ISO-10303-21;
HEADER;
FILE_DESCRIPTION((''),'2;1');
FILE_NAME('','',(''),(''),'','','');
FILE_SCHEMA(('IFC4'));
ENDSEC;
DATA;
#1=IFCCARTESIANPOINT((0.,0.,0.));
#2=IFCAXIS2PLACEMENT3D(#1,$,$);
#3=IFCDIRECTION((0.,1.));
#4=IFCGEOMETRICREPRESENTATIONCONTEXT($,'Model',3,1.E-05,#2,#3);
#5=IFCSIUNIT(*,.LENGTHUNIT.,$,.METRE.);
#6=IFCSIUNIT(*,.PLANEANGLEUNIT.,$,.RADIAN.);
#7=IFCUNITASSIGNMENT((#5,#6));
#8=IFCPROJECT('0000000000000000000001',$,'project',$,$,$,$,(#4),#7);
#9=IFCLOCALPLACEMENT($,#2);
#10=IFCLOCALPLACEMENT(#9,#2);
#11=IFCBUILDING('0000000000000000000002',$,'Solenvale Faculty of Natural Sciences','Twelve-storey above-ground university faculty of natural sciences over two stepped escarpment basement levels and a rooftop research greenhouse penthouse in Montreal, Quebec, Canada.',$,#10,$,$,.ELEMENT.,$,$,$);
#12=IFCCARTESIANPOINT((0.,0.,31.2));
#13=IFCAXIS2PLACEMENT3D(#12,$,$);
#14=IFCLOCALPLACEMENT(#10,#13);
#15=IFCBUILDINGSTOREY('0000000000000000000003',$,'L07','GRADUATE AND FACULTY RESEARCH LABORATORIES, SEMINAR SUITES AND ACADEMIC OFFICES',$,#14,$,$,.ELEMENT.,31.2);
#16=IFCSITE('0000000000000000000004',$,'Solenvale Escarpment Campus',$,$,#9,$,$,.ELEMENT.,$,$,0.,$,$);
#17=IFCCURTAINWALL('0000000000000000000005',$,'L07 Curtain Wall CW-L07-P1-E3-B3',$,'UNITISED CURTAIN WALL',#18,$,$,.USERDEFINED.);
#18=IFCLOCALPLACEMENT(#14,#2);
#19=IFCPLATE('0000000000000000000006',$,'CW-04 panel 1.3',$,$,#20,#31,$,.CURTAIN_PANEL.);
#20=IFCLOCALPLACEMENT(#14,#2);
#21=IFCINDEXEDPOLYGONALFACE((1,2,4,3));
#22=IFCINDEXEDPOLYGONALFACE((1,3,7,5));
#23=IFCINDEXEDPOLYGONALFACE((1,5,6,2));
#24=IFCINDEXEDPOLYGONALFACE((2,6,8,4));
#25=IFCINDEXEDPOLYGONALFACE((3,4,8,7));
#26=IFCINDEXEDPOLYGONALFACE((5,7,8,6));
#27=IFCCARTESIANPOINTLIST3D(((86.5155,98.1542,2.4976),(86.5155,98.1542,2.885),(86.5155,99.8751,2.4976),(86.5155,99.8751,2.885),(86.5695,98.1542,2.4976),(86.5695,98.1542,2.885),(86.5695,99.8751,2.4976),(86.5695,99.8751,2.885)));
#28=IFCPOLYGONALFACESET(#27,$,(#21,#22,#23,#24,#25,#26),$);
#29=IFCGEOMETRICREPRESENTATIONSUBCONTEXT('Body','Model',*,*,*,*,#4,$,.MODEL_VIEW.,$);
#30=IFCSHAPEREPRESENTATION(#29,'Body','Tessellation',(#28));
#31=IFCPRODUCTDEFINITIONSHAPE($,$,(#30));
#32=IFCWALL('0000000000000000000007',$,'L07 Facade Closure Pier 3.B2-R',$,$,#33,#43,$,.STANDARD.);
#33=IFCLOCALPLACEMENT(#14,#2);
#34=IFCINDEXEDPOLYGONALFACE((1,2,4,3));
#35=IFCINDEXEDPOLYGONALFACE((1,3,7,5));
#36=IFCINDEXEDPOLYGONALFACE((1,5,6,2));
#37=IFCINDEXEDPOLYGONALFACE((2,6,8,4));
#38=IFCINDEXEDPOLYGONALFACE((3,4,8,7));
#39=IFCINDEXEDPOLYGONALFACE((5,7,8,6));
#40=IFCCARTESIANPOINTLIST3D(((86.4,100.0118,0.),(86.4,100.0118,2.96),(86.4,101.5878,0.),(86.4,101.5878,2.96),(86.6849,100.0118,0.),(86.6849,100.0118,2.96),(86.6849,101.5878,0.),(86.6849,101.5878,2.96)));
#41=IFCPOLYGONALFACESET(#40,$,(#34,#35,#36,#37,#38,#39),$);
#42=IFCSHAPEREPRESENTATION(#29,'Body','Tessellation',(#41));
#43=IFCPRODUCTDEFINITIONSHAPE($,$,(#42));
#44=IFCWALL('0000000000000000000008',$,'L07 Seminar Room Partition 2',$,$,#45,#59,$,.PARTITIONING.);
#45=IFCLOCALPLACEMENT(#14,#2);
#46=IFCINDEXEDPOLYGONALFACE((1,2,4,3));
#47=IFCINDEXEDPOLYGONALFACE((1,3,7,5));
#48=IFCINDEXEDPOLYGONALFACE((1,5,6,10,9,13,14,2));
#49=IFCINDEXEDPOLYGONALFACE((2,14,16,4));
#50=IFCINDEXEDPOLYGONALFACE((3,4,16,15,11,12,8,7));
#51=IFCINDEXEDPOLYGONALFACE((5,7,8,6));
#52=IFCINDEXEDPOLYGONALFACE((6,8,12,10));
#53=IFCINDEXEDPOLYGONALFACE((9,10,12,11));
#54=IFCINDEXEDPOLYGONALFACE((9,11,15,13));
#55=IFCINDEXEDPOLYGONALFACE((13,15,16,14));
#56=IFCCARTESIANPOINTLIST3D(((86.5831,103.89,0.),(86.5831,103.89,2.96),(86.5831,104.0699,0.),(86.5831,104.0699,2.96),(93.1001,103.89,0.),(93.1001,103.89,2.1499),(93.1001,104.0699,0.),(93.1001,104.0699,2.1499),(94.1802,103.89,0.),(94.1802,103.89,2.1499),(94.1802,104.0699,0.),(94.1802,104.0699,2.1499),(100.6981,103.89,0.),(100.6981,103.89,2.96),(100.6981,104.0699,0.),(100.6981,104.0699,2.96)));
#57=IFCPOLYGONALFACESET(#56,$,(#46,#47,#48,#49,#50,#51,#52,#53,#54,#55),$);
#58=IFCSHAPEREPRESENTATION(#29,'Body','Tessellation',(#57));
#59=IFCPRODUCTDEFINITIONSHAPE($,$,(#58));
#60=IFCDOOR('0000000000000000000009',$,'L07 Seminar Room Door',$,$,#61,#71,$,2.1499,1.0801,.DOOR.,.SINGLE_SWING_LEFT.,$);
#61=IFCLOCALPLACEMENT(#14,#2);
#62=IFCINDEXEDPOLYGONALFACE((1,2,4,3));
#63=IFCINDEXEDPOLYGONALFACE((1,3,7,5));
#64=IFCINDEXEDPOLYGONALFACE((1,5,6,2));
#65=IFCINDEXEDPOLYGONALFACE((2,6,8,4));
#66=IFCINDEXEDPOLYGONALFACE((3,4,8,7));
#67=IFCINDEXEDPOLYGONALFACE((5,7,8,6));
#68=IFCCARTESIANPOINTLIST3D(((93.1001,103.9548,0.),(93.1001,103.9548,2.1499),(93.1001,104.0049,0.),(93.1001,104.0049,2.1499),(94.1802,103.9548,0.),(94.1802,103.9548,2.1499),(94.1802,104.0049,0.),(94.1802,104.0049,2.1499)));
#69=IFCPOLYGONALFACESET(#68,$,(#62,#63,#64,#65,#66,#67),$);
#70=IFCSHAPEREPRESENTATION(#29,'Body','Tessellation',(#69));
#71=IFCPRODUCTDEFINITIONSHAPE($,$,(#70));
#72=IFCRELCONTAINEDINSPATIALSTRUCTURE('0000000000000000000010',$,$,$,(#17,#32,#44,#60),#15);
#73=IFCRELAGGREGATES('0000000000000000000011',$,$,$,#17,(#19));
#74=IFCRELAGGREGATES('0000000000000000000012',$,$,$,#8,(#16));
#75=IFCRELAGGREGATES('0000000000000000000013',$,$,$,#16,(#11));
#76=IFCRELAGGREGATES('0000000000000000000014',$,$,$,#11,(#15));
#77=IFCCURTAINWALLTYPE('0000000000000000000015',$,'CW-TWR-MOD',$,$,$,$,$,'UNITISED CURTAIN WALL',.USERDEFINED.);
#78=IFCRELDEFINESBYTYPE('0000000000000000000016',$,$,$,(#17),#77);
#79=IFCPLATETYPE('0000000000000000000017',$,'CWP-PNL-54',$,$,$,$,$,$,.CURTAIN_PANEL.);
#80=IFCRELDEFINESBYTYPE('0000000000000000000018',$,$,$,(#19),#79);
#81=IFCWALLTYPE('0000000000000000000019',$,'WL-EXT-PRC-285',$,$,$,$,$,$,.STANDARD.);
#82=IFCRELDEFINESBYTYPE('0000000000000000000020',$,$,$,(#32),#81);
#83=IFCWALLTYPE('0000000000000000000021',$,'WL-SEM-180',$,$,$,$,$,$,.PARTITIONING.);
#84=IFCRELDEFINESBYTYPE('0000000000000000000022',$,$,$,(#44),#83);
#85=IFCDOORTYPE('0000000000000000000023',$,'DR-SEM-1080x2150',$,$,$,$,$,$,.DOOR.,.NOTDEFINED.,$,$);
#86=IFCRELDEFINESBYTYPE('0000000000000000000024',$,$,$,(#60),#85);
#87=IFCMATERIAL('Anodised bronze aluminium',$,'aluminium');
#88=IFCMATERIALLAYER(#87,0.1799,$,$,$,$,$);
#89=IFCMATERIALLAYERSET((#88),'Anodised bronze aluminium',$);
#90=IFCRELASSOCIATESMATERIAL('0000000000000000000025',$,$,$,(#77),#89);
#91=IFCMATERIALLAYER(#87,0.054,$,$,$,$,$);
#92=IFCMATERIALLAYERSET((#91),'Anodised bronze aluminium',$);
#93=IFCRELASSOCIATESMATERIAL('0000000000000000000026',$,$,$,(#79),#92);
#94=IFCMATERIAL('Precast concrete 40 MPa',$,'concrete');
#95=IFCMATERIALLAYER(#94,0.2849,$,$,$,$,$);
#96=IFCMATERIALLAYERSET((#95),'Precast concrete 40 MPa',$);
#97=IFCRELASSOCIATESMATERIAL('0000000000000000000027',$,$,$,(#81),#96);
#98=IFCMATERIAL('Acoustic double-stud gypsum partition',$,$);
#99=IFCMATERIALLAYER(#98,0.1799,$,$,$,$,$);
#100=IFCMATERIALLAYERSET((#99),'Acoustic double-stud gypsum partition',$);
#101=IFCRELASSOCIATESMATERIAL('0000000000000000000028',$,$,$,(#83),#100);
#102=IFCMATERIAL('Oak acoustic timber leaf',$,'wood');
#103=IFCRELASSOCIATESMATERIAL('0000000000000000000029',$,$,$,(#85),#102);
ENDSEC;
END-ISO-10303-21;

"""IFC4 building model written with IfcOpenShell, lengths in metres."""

from ifc_helpers import new_model, si_unit, direction, frame, frame_2d, origin, origin_2d, place, context, subcontext, project, spatial, rectangle, extrude, material, layer, layer_set, type_object, element, fill, aggregate, save


model = new_model("IFC4")

# Units and contexts
model_context = context("Model", 3, precision=1e-05, world=origin(), true_north=direction((0.0, 1.0)))
body_context = subcontext(model_context, "Body", "Model", "MODEL_VIEW")
ifc_project = project(units=[si_unit("LENGTHUNIT", "METRE"), si_unit("PLANEANGLEUNIT", "RADIAN")], contexts=[model_context])

# Site, building, storey
site_placement = place(None, origin())
site = spatial("IfcSite", under=ifc_project, at=site_placement, Name="Solenvale Escarpment Campus", CompositionType="ELEMENT", RefElevation=0.0)
building_placement = place(site_placement, origin())
building = spatial("IfcBuilding", under=site, at=building_placement, Name="Solenvale Faculty of Natural Sciences", Description="Twelve-storey above-ground university faculty of natural sciences over two stepped escarpment basement levels and a rooftop research greenhouse penthouse in Montreal, Quebec, Canada.", CompositionType="ELEMENT")
storey_placement = place(building_placement, frame((0.0, 0.0, 31.2)))
storey = spatial("IfcBuildingStorey", under=building, at=storey_placement, Name="L07", Description="GRADUATE AND FACULTY RESEARCH LABORATORIES, SEMINAR SUITES AND ACADEMIC OFFICES", CompositionType="ELEMENT", Elevation=31.2)

# Shared definitions
ifc_material_1 = material(Name="Anodised bronze aluminium", Category="aluminium")
ifc_layer_1 = layer(ifc_material_1, 0.1799)
ifc_layer_set_1 = layer_set([ifc_layer_1], Name="Anodised bronze aluminium")
curtain_wall_type = type_object("IfcCurtainWallType", Name="CW-TWR-MOD", ElementType="UNITISED CURTAIN WALL", PredefinedType="USERDEFINED", material=ifc_layer_set_1)

# Curtain wall
curtain_wall_1_placement = place(storey_placement, origin())
curtain_wall_1 = element("IfcCurtainWall", 1, at=curtain_wall_1_placement, inside=storey, type_object=curtain_wall_type, Name="L07 Curtain Wall CW-L07-P1-E3-B3", ObjectType="UNITISED CURTAIN WALL", PredefinedType="USERDEFINED")

# Plate
ifc_layer_2 = layer(ifc_material_1, 0.054)
ifc_layer_set_2 = layer_set([ifc_layer_2], Name="Anodised bronze aluminium")
plate_type_1 = type_object("IfcPlateType", Name="CWP-PNL-54", PredefinedType="CURTAIN_PANEL", material=ifc_layer_set_2)
plate_1_placement = place(storey_placement, frame((86.5425, 99.0146, 2.4976), z_axis=(0.0, 0.0, 1.0), x_axis=(0.0, -1.0, 0.0)))
plate_1 = element("IfcPlate", 2, at=plate_1_placement, type_object=plate_type_1, Name="CW-04 panel 1.3", PredefinedType="CURTAIN_PANEL", context=body_context, shape_type="SweptSolid", body=[
    extrude(rectangle(XDim=1.7209, YDim=0.054, at=origin_2d()), origin(), (0.0, 0.0, 1.0), 0.3875),
])
aggregate(curtain_wall_1, [plate_1])

# Wall
ifc_material_2 = material(Name="Precast concrete 40 MPa", Category="concrete")
ifc_layer_3 = layer(ifc_material_2, 0.2849)
ifc_layer_set_3 = layer_set([ifc_layer_3], Name="Precast concrete 40 MPa")
wall_type_1 = type_object("IfcWallType", Name="WL-EXT-PRC-285", PredefinedType="STANDARD", material=ifc_layer_set_3)
wall_1_placement = place(storey_placement, frame((86.5425, 101.5879, 0.0), z_axis=(0.0, 0.0, 1.0), x_axis=(0.0, -1.0, 0.0)))
element("IfcWall", 3, at=wall_1_placement, inside=storey, type_object=wall_type_1, Name="L07 Facade Closure Pier 3.B2-R", PredefinedType="STANDARD", context=body_context, shape_type="SweptSolid", body=[
    extrude(rectangle(XDim=1.5759, YDim=0.2849, at=frame_2d((0.7881, 0.0))), origin(), (0.0, 0.0, 1.0), 2.96),
])

# Wall, opening, door
ifc_material_3 = material(Name="Acoustic double-stud gypsum partition")
ifc_layer_4 = layer(ifc_material_3, 0.1799)
ifc_layer_set_4 = layer_set([ifc_layer_4], Name="Acoustic double-stud gypsum partition")
wall_type_2 = type_object("IfcWallType", Name="WL-SEM-180", PredefinedType="PARTITIONING", material=ifc_layer_set_4)
wall_2_placement = place(storey_placement, frame((86.583, 103.98, 0.0), z_axis=(0.0, 0.0, 1.0), x_axis=(1.0, 0.0, 0.0)))
wall_2 = element("IfcWall", 4, at=wall_2_placement, inside=storey, type_object=wall_type_2, Name="L07 Seminar Room Partition 2", PredefinedType="PARTITIONING", context=body_context, shape_type="SweptSolid", body=[
    extrude(rectangle(XDim=14.115, YDim=0.1799, at=frame_2d((7.0576, 0.0))), origin(), (0.0, 0.0, 1.0), 2.96),
])
opening_placement = place(wall_2_placement, frame((6.5171, 0.0, 0.0)))
opening = element("IfcOpeningElement", 5, at=opening_placement, cuts=wall_2, PredefinedType="OPENING", context=body_context, shape_type="SweptSolid", body=[
    extrude(rectangle(XDim=1.0801, YDim=2.1499, at=frame_2d((0.54, 1.075))), frame((0.0, 0.0999, 0.0), z_axis=(0.0, -1.0, 0.0), x_axis=(1.0, 0.0, 0.0)), (0.0, 0.0, 1.0), 0.2),
])
ifc_material_4 = material(Name="Oak acoustic timber leaf", Category="wood")
door_type = type_object("IfcDoorType", Name="DR-SEM-1080x2150", OperationType="NOTDEFINED", PredefinedType="DOOR", material=ifc_material_4)
door_placement = place(opening_placement, origin())
door = element("IfcDoor", 6, at=door_placement, inside=storey, type_object=door_type, Name="L07 Seminar Room Door", OperationType="SINGLE_SWING_LEFT", OverallHeight=2.1499, OverallWidth=1.0801, PredefinedType="DOOR", context=body_context, shape_type="SweptSolid", body=[
    extrude(rectangle(XDim=1.0801, YDim=2.1499, at=frame_2d((0.54, 1.075))), frame((0.0, 0.0249, 0.0), z_axis=(0.0, -1.0, 0.0), x_axis=(1.0, 0.0, 0.0)), (0.0, 0.0, 1.0), 0.05),
])
fill(opening, door)

save(model, "model.ifc")
